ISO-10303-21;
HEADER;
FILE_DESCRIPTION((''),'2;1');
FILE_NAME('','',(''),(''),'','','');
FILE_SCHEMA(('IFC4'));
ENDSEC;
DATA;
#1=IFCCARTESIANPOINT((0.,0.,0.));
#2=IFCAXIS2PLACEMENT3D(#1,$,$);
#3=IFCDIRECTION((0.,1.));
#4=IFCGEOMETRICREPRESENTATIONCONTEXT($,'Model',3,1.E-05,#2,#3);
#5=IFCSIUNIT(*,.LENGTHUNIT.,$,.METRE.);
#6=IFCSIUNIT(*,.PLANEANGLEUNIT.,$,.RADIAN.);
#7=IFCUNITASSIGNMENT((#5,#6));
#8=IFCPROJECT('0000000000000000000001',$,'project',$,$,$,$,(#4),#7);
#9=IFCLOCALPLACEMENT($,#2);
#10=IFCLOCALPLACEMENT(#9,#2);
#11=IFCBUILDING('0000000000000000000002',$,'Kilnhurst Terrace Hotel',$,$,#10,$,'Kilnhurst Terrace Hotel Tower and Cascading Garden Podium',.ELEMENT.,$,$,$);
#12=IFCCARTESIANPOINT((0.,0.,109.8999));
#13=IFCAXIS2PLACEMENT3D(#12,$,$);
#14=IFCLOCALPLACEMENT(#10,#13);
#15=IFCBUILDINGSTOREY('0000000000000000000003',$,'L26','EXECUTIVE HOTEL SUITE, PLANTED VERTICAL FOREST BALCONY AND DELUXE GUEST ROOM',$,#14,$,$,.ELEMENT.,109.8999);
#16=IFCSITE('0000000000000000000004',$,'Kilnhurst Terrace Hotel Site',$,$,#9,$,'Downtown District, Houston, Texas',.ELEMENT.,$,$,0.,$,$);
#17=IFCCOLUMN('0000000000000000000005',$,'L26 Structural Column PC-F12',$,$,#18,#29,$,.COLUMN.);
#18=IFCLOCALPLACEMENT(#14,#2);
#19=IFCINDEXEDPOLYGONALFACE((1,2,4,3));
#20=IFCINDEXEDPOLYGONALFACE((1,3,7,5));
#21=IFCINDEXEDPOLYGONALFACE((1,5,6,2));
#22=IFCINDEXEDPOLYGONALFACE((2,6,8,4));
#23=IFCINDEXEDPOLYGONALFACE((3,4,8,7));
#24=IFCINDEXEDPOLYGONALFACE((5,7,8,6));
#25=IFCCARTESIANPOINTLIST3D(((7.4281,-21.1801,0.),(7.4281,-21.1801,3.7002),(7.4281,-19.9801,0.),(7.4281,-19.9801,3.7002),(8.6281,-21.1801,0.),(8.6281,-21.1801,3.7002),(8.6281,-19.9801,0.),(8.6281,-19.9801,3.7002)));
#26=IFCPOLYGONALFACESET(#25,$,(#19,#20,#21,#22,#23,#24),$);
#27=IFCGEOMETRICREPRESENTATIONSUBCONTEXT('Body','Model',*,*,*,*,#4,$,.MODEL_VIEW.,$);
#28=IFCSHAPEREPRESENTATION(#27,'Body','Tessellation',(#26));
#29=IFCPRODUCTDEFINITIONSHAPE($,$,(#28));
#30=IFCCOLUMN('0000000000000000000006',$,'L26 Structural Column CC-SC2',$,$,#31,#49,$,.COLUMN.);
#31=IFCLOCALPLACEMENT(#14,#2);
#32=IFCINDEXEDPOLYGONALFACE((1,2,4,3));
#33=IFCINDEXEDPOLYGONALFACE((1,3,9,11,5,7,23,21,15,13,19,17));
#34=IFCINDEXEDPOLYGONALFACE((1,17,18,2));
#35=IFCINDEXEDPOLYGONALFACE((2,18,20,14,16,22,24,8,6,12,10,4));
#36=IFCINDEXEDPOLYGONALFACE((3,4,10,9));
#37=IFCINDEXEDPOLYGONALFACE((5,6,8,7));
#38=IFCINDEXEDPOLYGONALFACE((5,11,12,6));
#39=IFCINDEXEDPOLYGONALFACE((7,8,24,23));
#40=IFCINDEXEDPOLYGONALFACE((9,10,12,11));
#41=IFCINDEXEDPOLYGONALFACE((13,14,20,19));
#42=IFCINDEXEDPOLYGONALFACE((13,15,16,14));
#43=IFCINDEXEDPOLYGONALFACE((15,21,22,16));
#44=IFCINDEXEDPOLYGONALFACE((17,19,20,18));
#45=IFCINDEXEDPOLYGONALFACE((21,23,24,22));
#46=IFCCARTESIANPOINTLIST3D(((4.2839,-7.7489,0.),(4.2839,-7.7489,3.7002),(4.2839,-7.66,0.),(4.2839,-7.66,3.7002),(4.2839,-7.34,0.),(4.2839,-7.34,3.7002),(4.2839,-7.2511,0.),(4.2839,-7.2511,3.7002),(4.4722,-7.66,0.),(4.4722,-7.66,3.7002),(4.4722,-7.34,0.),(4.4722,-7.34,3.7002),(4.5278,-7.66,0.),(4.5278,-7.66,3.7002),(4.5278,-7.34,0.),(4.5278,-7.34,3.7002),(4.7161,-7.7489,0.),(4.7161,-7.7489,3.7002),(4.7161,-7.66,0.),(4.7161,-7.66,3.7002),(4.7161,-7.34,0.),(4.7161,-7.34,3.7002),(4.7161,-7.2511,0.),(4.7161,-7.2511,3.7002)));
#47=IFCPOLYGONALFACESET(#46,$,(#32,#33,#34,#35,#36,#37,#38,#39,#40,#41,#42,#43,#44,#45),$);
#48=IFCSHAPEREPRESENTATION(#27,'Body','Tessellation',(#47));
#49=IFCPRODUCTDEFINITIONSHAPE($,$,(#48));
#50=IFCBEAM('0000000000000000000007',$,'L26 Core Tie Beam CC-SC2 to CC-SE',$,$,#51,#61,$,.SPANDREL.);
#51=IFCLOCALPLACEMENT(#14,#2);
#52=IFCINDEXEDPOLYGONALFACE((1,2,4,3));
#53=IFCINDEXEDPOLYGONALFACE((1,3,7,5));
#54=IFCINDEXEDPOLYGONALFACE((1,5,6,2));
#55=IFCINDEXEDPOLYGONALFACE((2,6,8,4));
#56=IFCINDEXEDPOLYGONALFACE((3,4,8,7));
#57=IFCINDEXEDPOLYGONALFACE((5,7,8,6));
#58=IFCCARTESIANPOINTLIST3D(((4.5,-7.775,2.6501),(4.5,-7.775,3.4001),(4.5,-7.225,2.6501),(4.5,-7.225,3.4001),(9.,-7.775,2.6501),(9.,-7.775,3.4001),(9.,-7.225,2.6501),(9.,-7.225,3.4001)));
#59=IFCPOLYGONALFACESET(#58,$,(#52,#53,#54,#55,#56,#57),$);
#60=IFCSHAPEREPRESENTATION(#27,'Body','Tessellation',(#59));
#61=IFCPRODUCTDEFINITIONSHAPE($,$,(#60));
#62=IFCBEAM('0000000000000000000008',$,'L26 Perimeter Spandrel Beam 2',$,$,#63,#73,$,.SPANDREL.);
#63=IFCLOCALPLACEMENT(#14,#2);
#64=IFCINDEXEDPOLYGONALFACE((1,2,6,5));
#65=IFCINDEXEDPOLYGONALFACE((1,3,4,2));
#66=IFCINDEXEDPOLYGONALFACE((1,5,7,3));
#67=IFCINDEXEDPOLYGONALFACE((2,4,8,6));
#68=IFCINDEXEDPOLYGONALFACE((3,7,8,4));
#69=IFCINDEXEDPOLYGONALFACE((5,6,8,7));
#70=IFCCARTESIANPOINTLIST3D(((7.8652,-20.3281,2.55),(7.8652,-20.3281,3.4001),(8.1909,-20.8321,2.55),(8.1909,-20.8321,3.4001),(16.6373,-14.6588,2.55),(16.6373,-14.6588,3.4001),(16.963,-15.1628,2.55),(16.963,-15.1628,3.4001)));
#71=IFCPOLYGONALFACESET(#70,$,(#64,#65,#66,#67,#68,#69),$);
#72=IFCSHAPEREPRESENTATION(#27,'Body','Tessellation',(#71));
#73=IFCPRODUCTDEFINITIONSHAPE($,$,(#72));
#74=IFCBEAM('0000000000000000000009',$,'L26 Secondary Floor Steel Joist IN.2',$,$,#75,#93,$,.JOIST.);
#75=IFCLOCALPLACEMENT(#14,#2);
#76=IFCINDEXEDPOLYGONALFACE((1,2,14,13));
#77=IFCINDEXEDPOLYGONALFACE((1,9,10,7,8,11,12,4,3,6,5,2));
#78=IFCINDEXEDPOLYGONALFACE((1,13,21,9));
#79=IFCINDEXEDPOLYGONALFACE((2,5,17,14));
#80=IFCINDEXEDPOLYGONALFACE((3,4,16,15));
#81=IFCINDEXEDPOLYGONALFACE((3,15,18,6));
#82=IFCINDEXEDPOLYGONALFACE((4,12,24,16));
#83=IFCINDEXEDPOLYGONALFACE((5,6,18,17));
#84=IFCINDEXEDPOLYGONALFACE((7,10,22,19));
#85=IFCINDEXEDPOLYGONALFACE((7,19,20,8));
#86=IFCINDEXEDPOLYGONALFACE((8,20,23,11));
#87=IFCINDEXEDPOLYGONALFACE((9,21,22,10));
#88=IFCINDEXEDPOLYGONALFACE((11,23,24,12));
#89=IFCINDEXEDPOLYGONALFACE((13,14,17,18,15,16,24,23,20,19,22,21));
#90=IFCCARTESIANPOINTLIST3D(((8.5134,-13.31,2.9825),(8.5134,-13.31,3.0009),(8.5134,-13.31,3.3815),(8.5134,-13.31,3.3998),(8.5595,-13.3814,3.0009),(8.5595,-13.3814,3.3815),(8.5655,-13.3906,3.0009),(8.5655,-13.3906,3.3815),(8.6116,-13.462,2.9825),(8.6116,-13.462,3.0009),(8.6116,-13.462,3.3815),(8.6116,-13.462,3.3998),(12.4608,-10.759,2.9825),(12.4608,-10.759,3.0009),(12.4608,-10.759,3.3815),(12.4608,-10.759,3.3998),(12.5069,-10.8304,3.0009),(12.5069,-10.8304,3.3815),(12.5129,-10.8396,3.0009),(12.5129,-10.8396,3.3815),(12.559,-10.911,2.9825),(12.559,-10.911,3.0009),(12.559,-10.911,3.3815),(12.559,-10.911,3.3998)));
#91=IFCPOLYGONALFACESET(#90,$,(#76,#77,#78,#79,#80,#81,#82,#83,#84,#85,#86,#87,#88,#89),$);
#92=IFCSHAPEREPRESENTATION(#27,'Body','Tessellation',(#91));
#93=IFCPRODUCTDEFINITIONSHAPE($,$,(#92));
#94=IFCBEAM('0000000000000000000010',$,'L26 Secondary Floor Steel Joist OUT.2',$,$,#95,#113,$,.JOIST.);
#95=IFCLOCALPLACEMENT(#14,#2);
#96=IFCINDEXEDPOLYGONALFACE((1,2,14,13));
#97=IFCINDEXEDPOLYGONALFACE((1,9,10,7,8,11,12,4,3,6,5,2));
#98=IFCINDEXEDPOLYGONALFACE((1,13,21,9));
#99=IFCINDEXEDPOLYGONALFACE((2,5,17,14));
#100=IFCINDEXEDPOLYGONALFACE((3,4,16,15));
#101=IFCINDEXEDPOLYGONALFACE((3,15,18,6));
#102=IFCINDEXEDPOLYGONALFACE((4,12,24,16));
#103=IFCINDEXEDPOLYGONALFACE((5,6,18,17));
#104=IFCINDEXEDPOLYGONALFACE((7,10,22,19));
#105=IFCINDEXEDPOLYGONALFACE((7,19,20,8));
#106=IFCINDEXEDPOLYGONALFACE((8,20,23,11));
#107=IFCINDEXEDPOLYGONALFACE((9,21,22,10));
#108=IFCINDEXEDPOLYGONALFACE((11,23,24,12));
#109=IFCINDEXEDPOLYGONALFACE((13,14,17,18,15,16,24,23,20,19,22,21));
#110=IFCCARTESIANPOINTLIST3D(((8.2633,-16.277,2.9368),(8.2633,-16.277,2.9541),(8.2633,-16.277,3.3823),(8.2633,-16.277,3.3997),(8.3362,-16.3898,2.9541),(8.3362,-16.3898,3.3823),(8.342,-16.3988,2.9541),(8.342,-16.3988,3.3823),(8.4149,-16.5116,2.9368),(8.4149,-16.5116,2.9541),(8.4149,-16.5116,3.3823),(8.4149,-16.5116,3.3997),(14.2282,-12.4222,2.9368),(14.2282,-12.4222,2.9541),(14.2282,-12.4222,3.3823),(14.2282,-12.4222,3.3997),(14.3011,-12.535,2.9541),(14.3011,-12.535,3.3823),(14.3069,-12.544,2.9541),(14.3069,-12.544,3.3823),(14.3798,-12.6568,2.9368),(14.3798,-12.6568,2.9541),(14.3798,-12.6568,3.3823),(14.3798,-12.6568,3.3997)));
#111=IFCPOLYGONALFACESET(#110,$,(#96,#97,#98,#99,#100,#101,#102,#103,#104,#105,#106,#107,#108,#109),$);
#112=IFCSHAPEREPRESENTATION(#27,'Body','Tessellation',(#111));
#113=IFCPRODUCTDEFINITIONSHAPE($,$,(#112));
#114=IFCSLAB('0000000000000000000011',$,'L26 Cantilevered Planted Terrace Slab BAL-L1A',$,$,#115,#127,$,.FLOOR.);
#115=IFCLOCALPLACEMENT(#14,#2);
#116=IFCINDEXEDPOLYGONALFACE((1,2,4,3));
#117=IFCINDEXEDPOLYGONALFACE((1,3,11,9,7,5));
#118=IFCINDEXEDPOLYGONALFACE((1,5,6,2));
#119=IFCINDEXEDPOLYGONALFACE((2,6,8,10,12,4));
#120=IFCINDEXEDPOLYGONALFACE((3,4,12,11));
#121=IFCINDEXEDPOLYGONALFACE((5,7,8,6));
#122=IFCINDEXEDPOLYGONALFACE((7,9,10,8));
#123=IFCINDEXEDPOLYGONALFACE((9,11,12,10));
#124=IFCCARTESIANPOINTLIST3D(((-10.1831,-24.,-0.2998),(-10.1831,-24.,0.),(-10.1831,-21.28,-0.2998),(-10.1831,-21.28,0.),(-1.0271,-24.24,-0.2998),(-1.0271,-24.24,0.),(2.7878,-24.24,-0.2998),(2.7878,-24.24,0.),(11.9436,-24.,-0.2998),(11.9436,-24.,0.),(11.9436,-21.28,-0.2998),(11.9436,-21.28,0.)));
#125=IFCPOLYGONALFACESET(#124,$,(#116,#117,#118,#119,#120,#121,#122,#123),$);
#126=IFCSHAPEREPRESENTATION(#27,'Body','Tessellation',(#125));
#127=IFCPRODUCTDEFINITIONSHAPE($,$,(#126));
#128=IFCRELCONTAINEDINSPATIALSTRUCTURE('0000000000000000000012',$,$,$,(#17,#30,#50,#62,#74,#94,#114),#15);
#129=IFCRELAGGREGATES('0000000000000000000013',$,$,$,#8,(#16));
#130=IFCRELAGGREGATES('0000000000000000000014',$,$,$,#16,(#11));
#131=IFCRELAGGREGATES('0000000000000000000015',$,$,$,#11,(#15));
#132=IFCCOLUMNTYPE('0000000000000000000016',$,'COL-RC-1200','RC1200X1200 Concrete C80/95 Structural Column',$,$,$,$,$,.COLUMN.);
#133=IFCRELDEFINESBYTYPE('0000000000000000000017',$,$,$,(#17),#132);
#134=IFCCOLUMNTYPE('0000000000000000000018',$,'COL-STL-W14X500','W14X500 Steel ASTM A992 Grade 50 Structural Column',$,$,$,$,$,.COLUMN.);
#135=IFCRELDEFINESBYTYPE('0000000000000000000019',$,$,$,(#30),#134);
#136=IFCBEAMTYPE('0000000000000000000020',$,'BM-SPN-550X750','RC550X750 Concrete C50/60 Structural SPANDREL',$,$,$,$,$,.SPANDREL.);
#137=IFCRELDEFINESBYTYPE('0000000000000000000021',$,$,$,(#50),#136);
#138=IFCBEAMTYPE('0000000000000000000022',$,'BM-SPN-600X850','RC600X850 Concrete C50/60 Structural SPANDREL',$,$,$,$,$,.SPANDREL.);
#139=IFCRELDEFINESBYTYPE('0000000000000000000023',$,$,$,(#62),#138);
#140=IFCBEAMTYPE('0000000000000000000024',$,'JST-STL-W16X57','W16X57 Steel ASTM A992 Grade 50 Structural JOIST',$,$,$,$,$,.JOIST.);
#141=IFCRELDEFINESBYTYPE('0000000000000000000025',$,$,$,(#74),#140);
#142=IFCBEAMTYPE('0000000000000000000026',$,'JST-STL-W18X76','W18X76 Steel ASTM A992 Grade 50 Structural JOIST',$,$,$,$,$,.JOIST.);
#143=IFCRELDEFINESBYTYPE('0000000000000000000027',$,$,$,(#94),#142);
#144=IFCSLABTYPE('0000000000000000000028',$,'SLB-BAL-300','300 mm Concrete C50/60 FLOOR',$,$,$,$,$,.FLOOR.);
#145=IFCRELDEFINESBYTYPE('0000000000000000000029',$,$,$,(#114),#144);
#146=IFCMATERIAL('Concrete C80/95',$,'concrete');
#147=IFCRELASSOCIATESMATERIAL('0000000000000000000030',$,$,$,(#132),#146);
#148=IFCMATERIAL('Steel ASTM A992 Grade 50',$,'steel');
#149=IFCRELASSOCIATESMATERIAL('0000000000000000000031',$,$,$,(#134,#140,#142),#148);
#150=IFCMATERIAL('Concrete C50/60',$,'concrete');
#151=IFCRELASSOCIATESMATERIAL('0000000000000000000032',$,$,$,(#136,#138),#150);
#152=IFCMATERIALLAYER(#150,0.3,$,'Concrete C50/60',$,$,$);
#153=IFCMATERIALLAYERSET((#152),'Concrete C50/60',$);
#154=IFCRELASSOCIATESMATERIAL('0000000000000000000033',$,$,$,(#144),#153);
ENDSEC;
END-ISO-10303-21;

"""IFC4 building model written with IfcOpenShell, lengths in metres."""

from ifc_helpers import new_model, si_unit, direction, frame, origin, origin_2d, place, context, subcontext, project, spatial, polyline, rectangle, i_section, outline, extrude, material, layer, layer_set, material_profile, profile_set, type_object, element, save


model = new_model("IFC4")

# Units and contexts
model_context = context("Model", 3, precision=1e-05, world=origin(), true_north=direction((0.0, 1.0)))
body_context = subcontext(model_context, "Body", "Model", "MODEL_VIEW")
ifc_project = project(units=[si_unit("LENGTHUNIT", "METRE"), si_unit("PLANEANGLEUNIT", "RADIAN")], contexts=[model_context])

# Site, building, storey
site_placement = place(None, origin())
site = spatial("IfcSite", under=ifc_project, at=site_placement, Name="Kilnhurst Terrace Hotel Site", LongName="Downtown District, Houston, Texas", CompositionType="ELEMENT", RefElevation=0.0)
building_placement = place(site_placement, origin())
building = spatial("IfcBuilding", under=site, at=building_placement, Name="Kilnhurst Terrace Hotel", LongName="Kilnhurst Terrace Hotel Tower and Cascading Garden Podium", CompositionType="ELEMENT")
storey_placement = place(building_placement, frame((0.0, 0.0, 109.8999)))
storey = spatial("IfcBuildingStorey", under=building, at=storey_placement, Name="L26", Description="EXECUTIVE HOTEL SUITE, PLANTED VERTICAL FOREST BALCONY AND DELUXE GUEST ROOM", CompositionType="ELEMENT", Elevation=109.8999)

# Columns
ifc_material_1 = material(Name="Concrete C80/95", Category="concrete")
ifc_material_profile_1 = material_profile(ifc_material_1, rectangle(XDim=1.2, YDim=1.2, at=origin_2d()), Name="RC1200X1200")
ifc_profile_set_1 = profile_set([ifc_material_profile_1], Name="Concrete C80/95")
column_type_1 = type_object("IfcColumnType", Name="COL-RC-1200", Description="RC1200X1200 Concrete C80/95 Structural Column", PredefinedType="COLUMN", material=ifc_profile_set_1)
column_1_placement = place(storey_placement, frame((8.0281, -20.5801, 0.0), z_axis=(0.0, 0.0, 1.0), x_axis=(1.0, 0.0, 0.0)))
element("IfcColumn", 1, at=column_1_placement, inside=storey, type_object=column_type_1, Name="L26 Structural Column PC-F12", PredefinedType="COLUMN", context=body_context, shape_type="SweptSolid", body=[
    extrude(rectangle(XDim=1.2, YDim=1.2, at=origin_2d()), origin(), (0.0, 0.0, 1.0), 3.7002),
])
ifc_material_2 = material(Name="Steel ASTM A992 Grade 50", Category="steel")
ifc_material_profile_2 = material_profile(ifc_material_2, i_section(OverallWidth=0.4321, OverallDepth=0.4978, WebThickness=0.0557, FlangeThickness=0.0889, at=origin_2d()), Name="W14X500")
ifc_profile_set_2 = profile_set([ifc_material_profile_2], Name="Steel ASTM A992 Grade 50")
column_type_2 = type_object("IfcColumnType", Name="COL-STL-W14X500", Description="W14X500 Steel ASTM A992 Grade 50 Structural Column", PredefinedType="COLUMN", material=ifc_profile_set_2)
column_2_placement = place(storey_placement, frame((4.5, -7.5, 0.0), z_axis=(0.0, 0.0, 1.0), x_axis=(1.0, 0.0, 0.0)))
element("IfcColumn", 2, at=column_2_placement, inside=storey, type_object=column_type_2, Name="L26 Structural Column CC-SC2", PredefinedType="COLUMN", context=body_context, shape_type="SweptSolid", body=[
    extrude(i_section(OverallWidth=0.4321, OverallDepth=0.4978, WebThickness=0.0557, FlangeThickness=0.0889, at=origin_2d()), origin(), (0.0, 0.0, 1.0), 3.7002),
])

# Beams
ifc_material_3 = material(Name="Concrete C50/60", Category="concrete")
ifc_material_profile_3 = material_profile(ifc_material_3, rectangle(XDim=0.55, YDim=0.75, at=origin_2d()), Name="RC550X750")
ifc_profile_set_3 = profile_set([ifc_material_profile_3], Name="Concrete C50/60")
beam_type_1 = type_object("IfcBeamType", Name="BM-SPN-550X750", Description="RC550X750 Concrete C50/60 Structural SPANDREL", PredefinedType="SPANDREL", material=ifc_profile_set_3)
beam_1_placement = place(storey_placement, frame((4.5, -7.5, 3.0251), z_axis=(1.0, 0.0, 0.0), x_axis=(0.0, 1.0, 0.0)))
element("IfcBeam", 3, at=beam_1_placement, inside=storey, type_object=beam_type_1, Name="L26 Core Tie Beam CC-SC2 to CC-SE", PredefinedType="SPANDREL", context=body_context, shape_type="SweptSolid", body=[
    extrude(rectangle(XDim=0.55, YDim=0.75, at=origin_2d()), origin(), (0.0, 0.0, 1.0), 4.5),
])
ifc_material_profile_4 = material_profile(ifc_material_3, rectangle(XDim=0.6001, YDim=0.8501, at=origin_2d()), Name="RC600X850")
ifc_profile_set_4 = profile_set([ifc_material_profile_4], Name="Concrete C50/60")
beam_type_2 = type_object("IfcBeamType", Name="BM-SPN-600X850", Description="RC600X850 Concrete C50/60 Structural SPANDREL", PredefinedType="SPANDREL", material=ifc_profile_set_4)
beam_2_placement = place(storey_placement, frame((8.0281, -20.5801, 2.9751), z_axis=(0.839867, 0.542793, 0.0), x_axis=(-0.542793, 0.839867, 0.0)))
element("IfcBeam", 4, at=beam_2_placement, inside=storey, type_object=beam_type_2, Name="L26 Perimeter Spandrel Beam 2", PredefinedType="SPANDREL", context=body_context, shape_type="SweptSolid", body=[
    extrude(rectangle(XDim=0.6001, YDim=0.8501, at=origin_2d()), origin(), (0.0, 0.0, 1.0), 10.4446),
])
ifc_material_profile_5 = material_profile(ifc_material_2, i_section(OverallWidth=0.1809, OverallDepth=0.4172, WebThickness=0.011, FlangeThickness=0.0183, at=origin_2d()), Name="W16X57")
ifc_profile_set_5 = profile_set([ifc_material_profile_5], Name="Steel ASTM A992 Grade 50")
beam_type_3 = type_object("IfcBeamType", Name="JST-STL-W16X57", Description="W16X57 Steel ASTM A992 Grade 50 Structural JOIST", PredefinedType="JOIST", material=ifc_profile_set_5)
beam_3_placement = place(storey_placement, frame((8.5625, -13.386, 3.1912), z_axis=(0.839885, 0.542764, 0.0), x_axis=(-0.542764, 0.839885, 0.0)))
element("IfcBeam", 5, at=beam_3_placement, inside=storey, type_object=beam_type_3, Name="L26 Secondary Floor Steel Joist IN.2", PredefinedType="JOIST", context=body_context, shape_type="SweptSolid", body=[
    extrude(i_section(OverallWidth=0.1809, OverallDepth=0.4172, WebThickness=0.011, FlangeThickness=0.0183, at=origin_2d()), origin(), (0.0, 0.0, 1.0), 4.7),
])
ifc_material_profile_6 = material_profile(ifc_material_2, i_section(OverallWidth=0.2793, OverallDepth=0.4629, WebThickness=0.0107, FlangeThickness=0.0173, at=origin_2d()), Name="W18X76")
ifc_profile_set_6 = profile_set([ifc_material_profile_6], Name="Steel ASTM A992 Grade 50")
beam_type_4 = type_object("IfcBeamType", Name="JST-STL-W18X76", Description="W18X76 Steel ASTM A992 Grade 50 Structural JOIST", PredefinedType="JOIST", material=ifc_profile_set_6)
beam_4_placement = place(storey_placement, frame((8.3391, -16.3943, 3.1682), z_axis=(0.839883, 0.542768, 0.0), x_axis=(-0.542768, 0.839883, 0.0)))
element("IfcBeam", 6, at=beam_4_placement, inside=storey, type_object=beam_type_4, Name="L26 Secondary Floor Steel Joist OUT.2", PredefinedType="JOIST", context=body_context, shape_type="SweptSolid", body=[
    extrude(i_section(OverallWidth=0.2793, OverallDepth=0.4629, WebThickness=0.0107, FlangeThickness=0.0173, at=origin_2d()), origin(), (0.0, 0.0, 1.0), 7.1021),
])

# Slab
ifc_layer_1 = layer(ifc_material_3, 0.3, Name="Concrete C50/60")
ifc_layer_set_1 = layer_set([ifc_layer_1], Name="Concrete C50/60")
slab_type_1 = type_object("IfcSlabType", Name="SLB-BAL-300", Description="300 mm Concrete C50/60 FLOOR", PredefinedType="FLOOR", material=ifc_layer_set_1)
slab_1_placement = place(storey_placement, frame((0.0, 0.0, -0.2998)))
element("IfcSlab", 7, at=slab_1_placement, inside=storey, type_object=slab_type_1, Name="L26 Cantilevered Planted Terrace Slab BAL-L1A", PredefinedType="FLOOR", context=body_context, shape_type="SweptSolid", body=[
    extrude(outline(polyline([(2.7878, -24.24), (-1.0271, -24.24), (-10.1831, -24.0), (-10.1831, -21.28), (11.9436, -21.28), (11.9436, -24.0), (2.7878, -24.24)])), origin(), (0.0, 0.0, 1.0), 0.2998),
])

save(model, "model.ifc")
